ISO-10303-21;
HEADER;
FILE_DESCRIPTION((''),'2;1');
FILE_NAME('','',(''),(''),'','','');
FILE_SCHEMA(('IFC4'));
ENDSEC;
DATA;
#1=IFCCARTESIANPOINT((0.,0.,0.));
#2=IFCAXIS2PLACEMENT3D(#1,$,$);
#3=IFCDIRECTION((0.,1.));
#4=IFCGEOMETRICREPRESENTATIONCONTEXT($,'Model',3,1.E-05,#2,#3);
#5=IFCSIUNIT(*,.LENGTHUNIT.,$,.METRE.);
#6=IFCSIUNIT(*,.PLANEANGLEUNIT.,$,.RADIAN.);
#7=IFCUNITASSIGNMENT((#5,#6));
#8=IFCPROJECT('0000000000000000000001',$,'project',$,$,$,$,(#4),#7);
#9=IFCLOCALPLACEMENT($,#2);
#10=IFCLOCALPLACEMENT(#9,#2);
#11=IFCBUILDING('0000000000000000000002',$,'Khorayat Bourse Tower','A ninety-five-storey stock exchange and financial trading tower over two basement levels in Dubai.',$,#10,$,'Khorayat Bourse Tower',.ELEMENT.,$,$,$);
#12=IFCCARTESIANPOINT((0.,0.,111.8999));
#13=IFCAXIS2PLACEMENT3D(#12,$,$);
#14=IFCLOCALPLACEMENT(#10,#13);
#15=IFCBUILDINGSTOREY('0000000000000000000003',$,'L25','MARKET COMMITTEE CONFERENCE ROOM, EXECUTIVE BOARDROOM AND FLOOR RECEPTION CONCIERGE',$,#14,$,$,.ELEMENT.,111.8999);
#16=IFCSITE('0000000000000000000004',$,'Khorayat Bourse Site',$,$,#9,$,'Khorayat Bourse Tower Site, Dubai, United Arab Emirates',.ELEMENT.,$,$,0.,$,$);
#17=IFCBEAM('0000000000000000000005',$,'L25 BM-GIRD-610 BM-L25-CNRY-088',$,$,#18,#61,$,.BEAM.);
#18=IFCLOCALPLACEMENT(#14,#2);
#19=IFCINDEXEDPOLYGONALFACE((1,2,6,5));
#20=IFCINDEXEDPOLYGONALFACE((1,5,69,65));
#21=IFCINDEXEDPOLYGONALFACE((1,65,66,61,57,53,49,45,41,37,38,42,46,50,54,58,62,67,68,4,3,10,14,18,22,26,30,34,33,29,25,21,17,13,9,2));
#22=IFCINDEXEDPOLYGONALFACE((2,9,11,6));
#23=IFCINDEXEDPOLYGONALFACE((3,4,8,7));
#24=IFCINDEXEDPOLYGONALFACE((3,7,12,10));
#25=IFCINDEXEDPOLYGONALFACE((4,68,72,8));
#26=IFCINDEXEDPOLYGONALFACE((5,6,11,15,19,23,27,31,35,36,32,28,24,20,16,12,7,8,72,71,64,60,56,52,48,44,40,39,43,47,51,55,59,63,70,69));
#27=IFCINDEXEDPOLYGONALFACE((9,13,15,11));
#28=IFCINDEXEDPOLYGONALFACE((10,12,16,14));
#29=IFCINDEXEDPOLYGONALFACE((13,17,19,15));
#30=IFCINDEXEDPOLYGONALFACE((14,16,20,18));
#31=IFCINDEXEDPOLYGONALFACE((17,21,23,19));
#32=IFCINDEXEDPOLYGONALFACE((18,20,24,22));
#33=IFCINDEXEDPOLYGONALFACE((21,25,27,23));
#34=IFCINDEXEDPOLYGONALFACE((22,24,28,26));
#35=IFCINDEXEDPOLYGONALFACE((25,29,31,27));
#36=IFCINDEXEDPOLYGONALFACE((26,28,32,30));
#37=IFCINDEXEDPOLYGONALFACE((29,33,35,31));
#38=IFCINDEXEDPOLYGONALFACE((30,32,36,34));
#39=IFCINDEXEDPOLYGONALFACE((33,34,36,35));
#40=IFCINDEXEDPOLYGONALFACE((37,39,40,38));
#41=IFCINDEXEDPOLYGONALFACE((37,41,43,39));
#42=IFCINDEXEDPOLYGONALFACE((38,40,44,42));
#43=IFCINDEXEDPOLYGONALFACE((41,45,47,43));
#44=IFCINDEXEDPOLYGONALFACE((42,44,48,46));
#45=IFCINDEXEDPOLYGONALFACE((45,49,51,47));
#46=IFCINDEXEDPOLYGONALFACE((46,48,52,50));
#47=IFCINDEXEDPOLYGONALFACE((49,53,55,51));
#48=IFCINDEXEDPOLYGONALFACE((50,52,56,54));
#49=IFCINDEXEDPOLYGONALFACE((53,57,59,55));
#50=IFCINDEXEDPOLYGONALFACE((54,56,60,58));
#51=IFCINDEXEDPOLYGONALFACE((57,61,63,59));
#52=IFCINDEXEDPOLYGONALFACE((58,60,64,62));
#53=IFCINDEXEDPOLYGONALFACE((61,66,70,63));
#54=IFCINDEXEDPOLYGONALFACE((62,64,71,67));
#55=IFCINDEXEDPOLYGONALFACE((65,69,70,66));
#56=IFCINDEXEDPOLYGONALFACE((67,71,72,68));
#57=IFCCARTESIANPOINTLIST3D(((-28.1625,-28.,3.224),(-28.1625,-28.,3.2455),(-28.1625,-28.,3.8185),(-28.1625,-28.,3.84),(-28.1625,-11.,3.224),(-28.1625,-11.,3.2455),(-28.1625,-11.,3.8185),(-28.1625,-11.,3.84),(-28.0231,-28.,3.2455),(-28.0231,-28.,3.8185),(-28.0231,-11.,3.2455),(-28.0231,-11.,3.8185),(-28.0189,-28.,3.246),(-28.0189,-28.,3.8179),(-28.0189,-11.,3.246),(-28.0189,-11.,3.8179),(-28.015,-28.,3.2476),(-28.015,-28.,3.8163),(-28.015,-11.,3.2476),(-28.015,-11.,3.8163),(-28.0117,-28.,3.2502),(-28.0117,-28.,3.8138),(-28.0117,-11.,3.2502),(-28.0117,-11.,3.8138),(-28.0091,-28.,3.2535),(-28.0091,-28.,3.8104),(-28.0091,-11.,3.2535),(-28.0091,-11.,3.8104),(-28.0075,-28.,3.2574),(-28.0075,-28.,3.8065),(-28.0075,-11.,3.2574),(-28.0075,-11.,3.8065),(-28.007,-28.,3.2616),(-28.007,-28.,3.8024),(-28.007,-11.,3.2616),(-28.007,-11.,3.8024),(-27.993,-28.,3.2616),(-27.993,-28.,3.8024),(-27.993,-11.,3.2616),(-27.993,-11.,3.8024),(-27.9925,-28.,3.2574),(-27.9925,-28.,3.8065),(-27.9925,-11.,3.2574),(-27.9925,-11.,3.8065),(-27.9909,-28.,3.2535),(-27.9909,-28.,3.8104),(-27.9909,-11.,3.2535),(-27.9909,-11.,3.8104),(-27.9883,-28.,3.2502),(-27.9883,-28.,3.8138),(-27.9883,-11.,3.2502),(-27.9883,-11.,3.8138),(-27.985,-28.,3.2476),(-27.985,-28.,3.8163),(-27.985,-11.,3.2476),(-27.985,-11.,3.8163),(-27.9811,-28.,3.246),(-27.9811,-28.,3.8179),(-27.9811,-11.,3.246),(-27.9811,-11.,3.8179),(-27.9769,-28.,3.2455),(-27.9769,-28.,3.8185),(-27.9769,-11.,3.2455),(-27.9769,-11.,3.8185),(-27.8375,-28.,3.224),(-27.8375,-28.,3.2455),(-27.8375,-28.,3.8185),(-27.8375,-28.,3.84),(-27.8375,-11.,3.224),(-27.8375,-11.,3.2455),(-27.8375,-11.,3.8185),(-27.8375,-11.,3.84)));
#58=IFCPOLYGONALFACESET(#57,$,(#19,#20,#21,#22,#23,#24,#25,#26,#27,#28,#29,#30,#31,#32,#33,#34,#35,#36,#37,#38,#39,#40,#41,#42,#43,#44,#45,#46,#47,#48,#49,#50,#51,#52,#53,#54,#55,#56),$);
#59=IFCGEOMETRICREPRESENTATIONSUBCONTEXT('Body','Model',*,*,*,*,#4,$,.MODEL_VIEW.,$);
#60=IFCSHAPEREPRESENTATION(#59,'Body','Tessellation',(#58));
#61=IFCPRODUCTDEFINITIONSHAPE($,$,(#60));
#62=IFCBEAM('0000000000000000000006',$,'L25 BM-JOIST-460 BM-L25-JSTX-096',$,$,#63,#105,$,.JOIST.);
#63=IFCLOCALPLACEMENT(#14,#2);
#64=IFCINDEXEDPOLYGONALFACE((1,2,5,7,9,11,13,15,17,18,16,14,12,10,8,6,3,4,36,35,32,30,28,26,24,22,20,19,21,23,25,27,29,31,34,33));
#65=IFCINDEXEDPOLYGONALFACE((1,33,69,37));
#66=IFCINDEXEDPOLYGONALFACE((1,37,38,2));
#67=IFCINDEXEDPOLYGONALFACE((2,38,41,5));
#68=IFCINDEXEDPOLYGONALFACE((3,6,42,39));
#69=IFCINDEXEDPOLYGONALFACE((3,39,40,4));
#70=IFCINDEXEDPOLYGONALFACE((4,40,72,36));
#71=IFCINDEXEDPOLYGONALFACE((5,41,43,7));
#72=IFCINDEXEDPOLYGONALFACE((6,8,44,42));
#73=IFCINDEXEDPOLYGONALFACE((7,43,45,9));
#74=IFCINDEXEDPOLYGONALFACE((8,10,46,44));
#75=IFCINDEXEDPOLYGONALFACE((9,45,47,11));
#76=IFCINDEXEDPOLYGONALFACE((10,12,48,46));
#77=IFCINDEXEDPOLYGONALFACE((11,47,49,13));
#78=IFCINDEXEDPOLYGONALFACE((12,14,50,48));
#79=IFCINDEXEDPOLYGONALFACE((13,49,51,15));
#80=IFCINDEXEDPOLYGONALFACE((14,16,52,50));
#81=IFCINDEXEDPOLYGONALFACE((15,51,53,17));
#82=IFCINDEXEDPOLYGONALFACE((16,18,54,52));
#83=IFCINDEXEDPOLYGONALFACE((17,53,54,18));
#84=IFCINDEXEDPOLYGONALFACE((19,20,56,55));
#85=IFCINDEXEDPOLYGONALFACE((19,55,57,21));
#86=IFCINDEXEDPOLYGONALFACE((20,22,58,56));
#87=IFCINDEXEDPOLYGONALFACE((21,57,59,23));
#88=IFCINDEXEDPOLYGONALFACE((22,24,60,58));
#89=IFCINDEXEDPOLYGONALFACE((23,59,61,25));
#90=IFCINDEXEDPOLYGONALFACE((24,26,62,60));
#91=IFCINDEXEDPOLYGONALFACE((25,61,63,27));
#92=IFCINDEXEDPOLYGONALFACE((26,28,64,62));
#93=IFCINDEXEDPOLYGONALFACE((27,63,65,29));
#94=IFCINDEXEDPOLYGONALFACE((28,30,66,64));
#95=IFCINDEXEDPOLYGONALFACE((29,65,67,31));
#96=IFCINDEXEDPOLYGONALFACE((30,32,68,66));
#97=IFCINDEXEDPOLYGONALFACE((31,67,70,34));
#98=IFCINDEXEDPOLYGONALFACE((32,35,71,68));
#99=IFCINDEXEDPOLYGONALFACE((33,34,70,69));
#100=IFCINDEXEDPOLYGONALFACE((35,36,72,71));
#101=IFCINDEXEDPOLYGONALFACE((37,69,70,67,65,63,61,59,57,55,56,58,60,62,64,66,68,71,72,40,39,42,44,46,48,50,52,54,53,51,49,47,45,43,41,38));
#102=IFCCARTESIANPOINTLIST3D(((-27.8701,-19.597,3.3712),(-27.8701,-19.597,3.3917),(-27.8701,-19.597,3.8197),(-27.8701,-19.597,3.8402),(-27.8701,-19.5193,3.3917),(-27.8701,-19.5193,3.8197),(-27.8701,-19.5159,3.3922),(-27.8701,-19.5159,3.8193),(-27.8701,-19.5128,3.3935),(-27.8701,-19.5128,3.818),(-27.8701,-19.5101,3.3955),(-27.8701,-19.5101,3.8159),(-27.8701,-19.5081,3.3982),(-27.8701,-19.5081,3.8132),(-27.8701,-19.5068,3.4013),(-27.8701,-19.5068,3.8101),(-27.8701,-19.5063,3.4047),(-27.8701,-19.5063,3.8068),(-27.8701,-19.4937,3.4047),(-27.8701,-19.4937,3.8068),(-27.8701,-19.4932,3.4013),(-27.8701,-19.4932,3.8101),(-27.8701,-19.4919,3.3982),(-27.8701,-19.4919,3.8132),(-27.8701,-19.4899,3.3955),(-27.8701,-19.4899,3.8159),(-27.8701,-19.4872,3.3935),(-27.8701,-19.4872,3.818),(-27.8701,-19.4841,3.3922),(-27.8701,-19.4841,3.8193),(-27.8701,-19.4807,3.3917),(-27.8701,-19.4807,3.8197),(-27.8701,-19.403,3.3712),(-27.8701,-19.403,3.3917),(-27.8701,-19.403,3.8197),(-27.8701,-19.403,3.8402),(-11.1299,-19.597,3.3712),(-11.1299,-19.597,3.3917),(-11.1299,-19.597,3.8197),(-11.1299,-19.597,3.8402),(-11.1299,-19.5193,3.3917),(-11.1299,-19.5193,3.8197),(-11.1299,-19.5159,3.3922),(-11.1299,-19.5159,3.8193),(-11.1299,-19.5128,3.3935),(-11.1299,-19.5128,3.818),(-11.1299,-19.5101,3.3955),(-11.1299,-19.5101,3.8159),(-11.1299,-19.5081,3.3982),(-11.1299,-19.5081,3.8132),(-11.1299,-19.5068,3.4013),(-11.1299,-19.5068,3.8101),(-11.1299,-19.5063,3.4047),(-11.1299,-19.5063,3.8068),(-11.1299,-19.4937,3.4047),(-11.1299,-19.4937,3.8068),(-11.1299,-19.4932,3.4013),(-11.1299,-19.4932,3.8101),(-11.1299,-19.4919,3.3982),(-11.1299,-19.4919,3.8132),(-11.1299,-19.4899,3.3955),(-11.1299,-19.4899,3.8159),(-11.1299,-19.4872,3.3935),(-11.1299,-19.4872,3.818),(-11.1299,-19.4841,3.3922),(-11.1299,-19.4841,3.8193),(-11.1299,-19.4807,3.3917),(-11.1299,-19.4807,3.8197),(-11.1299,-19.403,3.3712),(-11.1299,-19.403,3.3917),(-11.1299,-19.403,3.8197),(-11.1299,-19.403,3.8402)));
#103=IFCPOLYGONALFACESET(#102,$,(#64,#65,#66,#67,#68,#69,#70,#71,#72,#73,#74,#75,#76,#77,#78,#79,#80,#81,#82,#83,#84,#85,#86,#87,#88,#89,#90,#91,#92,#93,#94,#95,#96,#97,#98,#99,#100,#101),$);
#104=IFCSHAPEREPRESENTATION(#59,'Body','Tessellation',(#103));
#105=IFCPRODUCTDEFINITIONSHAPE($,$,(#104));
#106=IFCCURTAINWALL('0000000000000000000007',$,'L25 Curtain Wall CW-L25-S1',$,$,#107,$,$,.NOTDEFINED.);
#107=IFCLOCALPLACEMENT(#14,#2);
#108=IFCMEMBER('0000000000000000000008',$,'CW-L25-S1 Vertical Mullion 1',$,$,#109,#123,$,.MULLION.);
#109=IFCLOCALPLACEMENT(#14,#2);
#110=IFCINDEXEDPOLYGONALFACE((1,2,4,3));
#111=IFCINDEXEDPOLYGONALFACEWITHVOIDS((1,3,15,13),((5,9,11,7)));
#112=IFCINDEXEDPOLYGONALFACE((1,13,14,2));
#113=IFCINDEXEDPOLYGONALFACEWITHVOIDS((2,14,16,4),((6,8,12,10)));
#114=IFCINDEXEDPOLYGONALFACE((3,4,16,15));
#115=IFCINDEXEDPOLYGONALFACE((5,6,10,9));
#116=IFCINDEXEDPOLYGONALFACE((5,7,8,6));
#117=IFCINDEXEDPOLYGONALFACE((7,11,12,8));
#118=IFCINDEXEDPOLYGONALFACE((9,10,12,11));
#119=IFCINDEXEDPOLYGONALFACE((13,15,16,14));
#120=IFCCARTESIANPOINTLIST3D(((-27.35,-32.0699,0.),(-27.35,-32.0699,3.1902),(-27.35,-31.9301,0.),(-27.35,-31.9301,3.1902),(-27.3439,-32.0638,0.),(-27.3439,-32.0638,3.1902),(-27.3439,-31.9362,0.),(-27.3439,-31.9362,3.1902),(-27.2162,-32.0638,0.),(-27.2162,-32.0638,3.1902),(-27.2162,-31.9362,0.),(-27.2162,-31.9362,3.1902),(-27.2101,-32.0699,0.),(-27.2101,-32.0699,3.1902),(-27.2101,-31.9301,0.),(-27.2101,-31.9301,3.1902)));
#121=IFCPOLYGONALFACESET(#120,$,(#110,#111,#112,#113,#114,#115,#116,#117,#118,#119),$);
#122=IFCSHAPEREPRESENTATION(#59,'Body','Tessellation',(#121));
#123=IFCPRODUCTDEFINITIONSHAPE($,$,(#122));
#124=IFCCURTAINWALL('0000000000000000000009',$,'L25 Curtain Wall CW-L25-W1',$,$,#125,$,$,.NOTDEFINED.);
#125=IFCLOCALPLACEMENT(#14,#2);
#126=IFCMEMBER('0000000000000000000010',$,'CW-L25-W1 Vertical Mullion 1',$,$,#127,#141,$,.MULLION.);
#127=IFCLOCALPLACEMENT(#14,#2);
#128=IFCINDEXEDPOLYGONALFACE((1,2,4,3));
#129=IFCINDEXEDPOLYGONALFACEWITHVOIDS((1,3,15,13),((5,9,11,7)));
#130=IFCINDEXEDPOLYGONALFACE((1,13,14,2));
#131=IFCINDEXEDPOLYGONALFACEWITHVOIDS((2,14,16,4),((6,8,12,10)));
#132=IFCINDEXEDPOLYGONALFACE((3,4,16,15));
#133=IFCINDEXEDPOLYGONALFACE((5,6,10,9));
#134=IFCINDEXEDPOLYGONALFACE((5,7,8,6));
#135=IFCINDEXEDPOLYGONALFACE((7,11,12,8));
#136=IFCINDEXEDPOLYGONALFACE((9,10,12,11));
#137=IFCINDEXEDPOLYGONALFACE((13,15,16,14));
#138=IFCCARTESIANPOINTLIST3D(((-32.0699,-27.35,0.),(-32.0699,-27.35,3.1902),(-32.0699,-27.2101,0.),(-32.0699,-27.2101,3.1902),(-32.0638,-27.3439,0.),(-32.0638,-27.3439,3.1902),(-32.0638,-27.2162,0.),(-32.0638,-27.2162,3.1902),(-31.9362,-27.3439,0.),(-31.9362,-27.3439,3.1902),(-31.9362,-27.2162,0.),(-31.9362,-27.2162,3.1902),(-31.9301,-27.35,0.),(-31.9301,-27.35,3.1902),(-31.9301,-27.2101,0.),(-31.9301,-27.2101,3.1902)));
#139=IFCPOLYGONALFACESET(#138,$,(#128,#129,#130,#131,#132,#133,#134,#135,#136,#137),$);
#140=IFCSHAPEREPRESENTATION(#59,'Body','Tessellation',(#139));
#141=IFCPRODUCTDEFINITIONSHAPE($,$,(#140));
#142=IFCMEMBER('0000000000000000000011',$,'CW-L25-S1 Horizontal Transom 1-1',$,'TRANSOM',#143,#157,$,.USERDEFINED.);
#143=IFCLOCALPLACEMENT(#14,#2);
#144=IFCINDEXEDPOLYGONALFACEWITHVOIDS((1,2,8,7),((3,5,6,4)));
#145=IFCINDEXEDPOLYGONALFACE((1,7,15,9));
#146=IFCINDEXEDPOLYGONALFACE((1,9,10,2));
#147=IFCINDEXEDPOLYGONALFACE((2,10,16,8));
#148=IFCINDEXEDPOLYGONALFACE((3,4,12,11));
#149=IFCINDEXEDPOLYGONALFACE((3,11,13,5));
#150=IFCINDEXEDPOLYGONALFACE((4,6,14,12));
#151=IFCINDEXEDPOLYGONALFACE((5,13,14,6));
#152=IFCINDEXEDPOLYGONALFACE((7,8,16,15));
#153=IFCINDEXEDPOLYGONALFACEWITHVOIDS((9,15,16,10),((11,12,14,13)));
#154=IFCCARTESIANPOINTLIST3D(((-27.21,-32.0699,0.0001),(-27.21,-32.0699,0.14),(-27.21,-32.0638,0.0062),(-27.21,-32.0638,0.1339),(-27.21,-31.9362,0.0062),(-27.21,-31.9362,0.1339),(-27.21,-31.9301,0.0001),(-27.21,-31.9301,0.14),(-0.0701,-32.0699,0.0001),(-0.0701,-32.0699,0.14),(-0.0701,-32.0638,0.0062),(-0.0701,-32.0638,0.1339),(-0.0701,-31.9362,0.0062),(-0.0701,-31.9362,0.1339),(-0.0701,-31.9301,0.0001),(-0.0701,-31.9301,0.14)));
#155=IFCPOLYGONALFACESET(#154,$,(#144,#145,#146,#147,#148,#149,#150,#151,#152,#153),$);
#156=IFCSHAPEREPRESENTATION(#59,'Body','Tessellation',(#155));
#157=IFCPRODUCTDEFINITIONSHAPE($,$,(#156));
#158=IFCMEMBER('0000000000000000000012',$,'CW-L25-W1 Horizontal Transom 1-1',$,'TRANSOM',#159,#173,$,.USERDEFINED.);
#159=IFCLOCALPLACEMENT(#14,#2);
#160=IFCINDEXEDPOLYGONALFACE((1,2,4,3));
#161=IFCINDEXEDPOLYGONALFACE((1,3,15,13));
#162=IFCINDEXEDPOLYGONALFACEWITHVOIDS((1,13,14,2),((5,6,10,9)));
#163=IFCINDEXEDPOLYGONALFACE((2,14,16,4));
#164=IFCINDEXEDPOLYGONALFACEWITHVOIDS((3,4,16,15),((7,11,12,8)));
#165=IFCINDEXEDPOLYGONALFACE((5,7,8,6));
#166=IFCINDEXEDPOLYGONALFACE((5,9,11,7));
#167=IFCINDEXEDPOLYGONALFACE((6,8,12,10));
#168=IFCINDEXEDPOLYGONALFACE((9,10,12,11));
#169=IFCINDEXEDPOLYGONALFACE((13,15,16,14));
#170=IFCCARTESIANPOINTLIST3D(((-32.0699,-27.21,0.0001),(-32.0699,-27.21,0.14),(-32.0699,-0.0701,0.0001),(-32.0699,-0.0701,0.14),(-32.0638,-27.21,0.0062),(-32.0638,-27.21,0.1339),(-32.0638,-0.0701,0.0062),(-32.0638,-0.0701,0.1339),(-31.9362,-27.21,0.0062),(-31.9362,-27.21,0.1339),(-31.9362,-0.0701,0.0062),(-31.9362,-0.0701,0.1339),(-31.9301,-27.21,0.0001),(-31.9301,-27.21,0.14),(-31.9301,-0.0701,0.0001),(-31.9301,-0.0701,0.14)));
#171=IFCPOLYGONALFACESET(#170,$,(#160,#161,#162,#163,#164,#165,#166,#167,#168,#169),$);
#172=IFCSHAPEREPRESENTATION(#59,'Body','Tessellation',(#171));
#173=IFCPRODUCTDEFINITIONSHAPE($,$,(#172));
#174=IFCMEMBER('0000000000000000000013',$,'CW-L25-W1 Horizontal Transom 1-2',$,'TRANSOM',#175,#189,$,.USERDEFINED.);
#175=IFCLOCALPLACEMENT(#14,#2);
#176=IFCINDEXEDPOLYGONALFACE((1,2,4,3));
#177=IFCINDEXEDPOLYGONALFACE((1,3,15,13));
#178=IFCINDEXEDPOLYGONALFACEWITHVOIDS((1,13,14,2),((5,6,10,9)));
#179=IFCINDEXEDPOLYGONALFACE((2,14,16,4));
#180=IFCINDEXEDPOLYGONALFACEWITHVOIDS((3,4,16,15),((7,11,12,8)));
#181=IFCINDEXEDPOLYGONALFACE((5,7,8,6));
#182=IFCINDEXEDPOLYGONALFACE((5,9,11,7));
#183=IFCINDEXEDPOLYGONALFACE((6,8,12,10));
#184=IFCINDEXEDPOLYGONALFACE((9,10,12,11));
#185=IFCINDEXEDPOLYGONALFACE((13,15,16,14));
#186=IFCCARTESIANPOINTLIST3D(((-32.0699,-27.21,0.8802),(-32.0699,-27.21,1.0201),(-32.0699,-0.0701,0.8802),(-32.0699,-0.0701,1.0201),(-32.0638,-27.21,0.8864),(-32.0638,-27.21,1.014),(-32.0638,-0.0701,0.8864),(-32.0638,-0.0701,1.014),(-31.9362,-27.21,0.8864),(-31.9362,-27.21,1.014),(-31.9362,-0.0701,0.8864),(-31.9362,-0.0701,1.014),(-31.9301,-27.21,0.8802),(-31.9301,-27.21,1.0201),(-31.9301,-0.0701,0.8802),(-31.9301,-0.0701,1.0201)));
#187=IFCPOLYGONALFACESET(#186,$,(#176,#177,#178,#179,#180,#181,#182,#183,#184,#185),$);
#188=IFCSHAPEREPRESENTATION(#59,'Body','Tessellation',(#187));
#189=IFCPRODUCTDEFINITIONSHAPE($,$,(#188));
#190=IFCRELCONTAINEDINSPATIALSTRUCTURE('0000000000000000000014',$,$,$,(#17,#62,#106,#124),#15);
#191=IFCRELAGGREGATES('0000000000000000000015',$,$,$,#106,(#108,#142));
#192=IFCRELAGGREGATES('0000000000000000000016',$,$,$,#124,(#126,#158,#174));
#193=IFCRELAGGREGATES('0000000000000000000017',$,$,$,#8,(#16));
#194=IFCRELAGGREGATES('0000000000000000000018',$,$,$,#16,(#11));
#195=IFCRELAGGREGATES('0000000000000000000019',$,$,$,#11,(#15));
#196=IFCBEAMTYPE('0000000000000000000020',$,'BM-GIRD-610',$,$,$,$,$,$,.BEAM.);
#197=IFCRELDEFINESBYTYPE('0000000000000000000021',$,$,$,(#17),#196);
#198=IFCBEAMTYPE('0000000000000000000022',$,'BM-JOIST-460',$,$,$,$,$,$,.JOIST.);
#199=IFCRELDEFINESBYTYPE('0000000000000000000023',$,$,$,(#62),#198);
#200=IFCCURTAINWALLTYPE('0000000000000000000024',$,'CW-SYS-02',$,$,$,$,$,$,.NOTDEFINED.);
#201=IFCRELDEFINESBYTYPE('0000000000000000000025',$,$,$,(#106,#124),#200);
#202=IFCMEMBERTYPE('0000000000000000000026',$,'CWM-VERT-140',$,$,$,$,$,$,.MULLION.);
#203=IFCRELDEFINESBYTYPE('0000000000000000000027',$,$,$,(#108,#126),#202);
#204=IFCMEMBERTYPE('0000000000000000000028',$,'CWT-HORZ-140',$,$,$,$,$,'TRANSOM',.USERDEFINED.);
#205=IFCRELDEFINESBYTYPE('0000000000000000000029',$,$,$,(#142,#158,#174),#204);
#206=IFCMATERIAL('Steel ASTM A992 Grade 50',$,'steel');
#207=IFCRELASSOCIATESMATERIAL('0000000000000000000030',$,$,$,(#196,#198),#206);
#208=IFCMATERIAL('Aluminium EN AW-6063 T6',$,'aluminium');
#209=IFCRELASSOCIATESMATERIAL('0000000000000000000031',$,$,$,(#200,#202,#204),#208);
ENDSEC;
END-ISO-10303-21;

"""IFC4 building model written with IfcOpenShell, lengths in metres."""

from ifc_helpers import new_model, si_unit, direction, frame, origin, origin_2d, place, context, subcontext, project, spatial, hollow_rectangle, i_section, extrude, source, transform, mapped, material, material_profile, profile_set, type_object, element, aggregate, save


model = new_model("IFC4")

# Units and contexts
model_context = context("Model", 3, precision=1e-05, world=origin(), true_north=direction((0.0, 1.0)))
body_context = subcontext(model_context, "Body", "Model", "MODEL_VIEW")
ifc_project = project(units=[si_unit("LENGTHUNIT", "METRE"), si_unit("PLANEANGLEUNIT", "RADIAN")], contexts=[model_context])

# Site, building, storey
site_placement = place(None, origin())
site = spatial("IfcSite", under=ifc_project, at=site_placement, Name="Khorayat Bourse Site", LongName="Khorayat Bourse Tower Site, Dubai, United Arab Emirates", CompositionType="ELEMENT", RefElevation=0.0)
building_placement = place(site_placement, origin())
building = spatial("IfcBuilding", under=site, at=building_placement, Name="Khorayat Bourse Tower", Description="A ninety-five-storey stock exchange and financial trading tower over two basement levels in Dubai.", LongName="Khorayat Bourse Tower", CompositionType="ELEMENT")
storey_placement = place(building_placement, frame((0.0, 0.0, 111.8999)))
storey = spatial("IfcBuildingStorey", under=building, at=storey_placement, Name="L25", Description="MARKET COMMITTEE CONFERENCE ROOM, EXECUTIVE BOARDROOM AND FLOOR RECEPTION CONCIERGE", CompositionType="ELEMENT", Elevation=111.8999)

# Beams
ifc_material_1 = material(Name="Steel ASTM A992 Grade 50", Category="steel")
ifc_material_profile_1 = material_profile(ifc_material_1, i_section(OverallWidth=0.325, OverallDepth=0.616, WebThickness=0.0139, FlangeThickness=0.0215, FilletRadius=0.0161, at=origin_2d()), Name="W610X174")
ifc_profile_set_1 = profile_set([ifc_material_profile_1], Name="Steel ASTM A992 Grade 50")
beam_type_1 = type_object("IfcBeamType", Name="BM-GIRD-610", PredefinedType="BEAM", material=ifc_profile_set_1)
shared_shape_1 = source(origin(), body_context, "Body", "SweptSolid", [
    extrude(i_section(OverallWidth=0.325, OverallDepth=0.616, WebThickness=0.0139, FlangeThickness=0.0215, FilletRadius=0.0161, at=origin_2d()), origin(), (0.0, 0.0, 1.0), 17.0),
])
beam_1_placement = place(storey_placement, frame((-28.0, -28.0, 3.532), z_axis=(0.0, 1.0, 0.0), x_axis=(-1.0, 0.0, 0.0)))
element("IfcBeam", 1, at=beam_1_placement, inside=storey, type_object=beam_type_1, Name="L25 BM-GIRD-610 BM-L25-CNRY-088", PredefinedType="BEAM", context=body_context, shape_type="MappedRepresentation", body=[
    mapped(shared_shape_1, transform((0.0, 0.0, 0.0), scale=1.0)),
])
ifc_material_profile_2 = material_profile(ifc_material_1, i_section(OverallWidth=0.1941, OverallDepth=0.469, WebThickness=0.0127, FlangeThickness=0.0205, FilletRadius=0.0129, at=origin_2d()), Name="W460X106")
ifc_profile_set_2 = profile_set([ifc_material_profile_2], Name="Steel ASTM A992 Grade 50")
beam_type_2 = type_object("IfcBeamType", Name="BM-JOIST-460", PredefinedType="JOIST", material=ifc_profile_set_2)
shared_shape_2 = source(origin(), body_context, "Body", "SweptSolid", [
    extrude(i_section(OverallWidth=0.1941, OverallDepth=0.469, WebThickness=0.0127, FlangeThickness=0.0205, FilletRadius=0.0129, at=origin_2d()), origin(), (0.0, 0.0, 1.0), 16.7402),
])
beam_2_placement = place(storey_placement, frame((-27.8701, -19.5, 3.6057), z_axis=(1.0, 0.0, 0.0), x_axis=(0.0, 1.0, 0.0)))
element("IfcBeam", 2, at=beam_2_placement, inside=storey, type_object=beam_type_2, Name="L25 BM-JOIST-460 BM-L25-JSTX-096", PredefinedType="JOIST", context=body_context, shape_type="MappedRepresentation", body=[
    mapped(shared_shape_2, transform((0.0, 0.0, 0.0), scale=1.0)),
])

# Curtain walls, members
ifc_material_2 = material(Name="Aluminium EN AW-6063 T6", Category="aluminium")
curtain_wall_type = type_object("IfcCurtainWallType", Name="CW-SYS-02", PredefinedType="NOTDEFINED", material=ifc_material_2)
curtain_wall_1_placement = place(storey_placement, origin())
curtain_wall_1 = element("IfcCurtainWall", 3, at=curtain_wall_1_placement, inside=storey, type_object=curtain_wall_type, Name="L25 Curtain Wall CW-L25-S1", PredefinedType="NOTDEFINED")
ifc_material_profile_3 = material_profile(ifc_material_2, hollow_rectangle(XDim=0.1399, YDim=0.1399, WallThickness=0.0061, at=origin_2d()), Name="ALU 140x140x6")
ifc_profile_set_3 = profile_set([ifc_material_profile_3], Name="Aluminium EN AW-6063 T6")
member_type_1 = type_object("IfcMemberType", Name="CWM-VERT-140", PredefinedType="MULLION", material=ifc_profile_set_3)
shared_shape_3 = source(origin(), body_context, "Body", "SweptSolid", [
    extrude(hollow_rectangle(XDim=0.1399, YDim=0.1399, WallThickness=0.0061, at=origin_2d()), origin(), (0.0, 0.0, 1.0), 3.1902),
])
member_1_placement = place(storey_placement, frame((-27.28, -32.0, 0.0), z_axis=(0.0, 0.0, 1.0), x_axis=(0.0, 1.0, 0.0)))
member_1 = element("IfcMember", 4, at=member_1_placement, type_object=member_type_1, Name="CW-L25-S1 Vertical Mullion 1", PredefinedType="MULLION", context=body_context, shape_type="MappedRepresentation", body=[
    mapped(shared_shape_3, transform((0.0, 0.0, 0.0), scale=1.0)),
])
curtain_wall_2_placement = place(storey_placement, origin())
curtain_wall_2 = element("IfcCurtainWall", 5, at=curtain_wall_2_placement, inside=storey, type_object=curtain_wall_type, Name="L25 Curtain Wall CW-L25-W1", PredefinedType="NOTDEFINED")
member_2_placement = place(storey_placement, frame((-32.0, -27.28, 0.0), z_axis=(0.0, 0.0, 1.0), x_axis=(-1.0, 0.0, 0.0)))
member_2 = element("IfcMember", 6, at=member_2_placement, type_object=member_type_1, Name="CW-L25-W1 Vertical Mullion 1", PredefinedType="MULLION", context=body_context, shape_type="MappedRepresentation", body=[
    mapped(shared_shape_3, transform((0.0, 0.0, 0.0), scale=1.0)),
])

# Members
ifc_material_profile_4 = material_profile(ifc_material_2, hollow_rectangle(XDim=0.1399, YDim=0.1399, WallThickness=0.0061, at=origin_2d()), Name="ALU 140x140x6")
ifc_profile_set_4 = profile_set([ifc_material_profile_4], Name="Aluminium EN AW-6063 T6")
member_type_2 = type_object("IfcMemberType", Name="CWT-HORZ-140", ElementType="TRANSOM", PredefinedType="USERDEFINED", material=ifc_profile_set_4)
shared_shape_4 = source(origin(), body_context, "Body", "SweptSolid", [
    extrude(hollow_rectangle(XDim=0.1399, YDim=0.1399, WallThickness=0.0061, at=origin_2d()), origin(), (0.0, 0.0, 1.0), 27.1399),
])
member_3_placement = place(storey_placement, frame((-27.21, -32.0, 0.0701), z_axis=(1.0, 0.0, 0.0), x_axis=(0.0, 1.0, 0.0)))
member_3 = element("IfcMember", 7, at=member_3_placement, type_object=member_type_2, Name="CW-L25-S1 Horizontal Transom 1-1", ObjectType="TRANSOM", PredefinedType="USERDEFINED", context=body_context, shape_type="MappedRepresentation", body=[
    mapped(shared_shape_4, transform((0.0, 0.0, 0.0), scale=1.0)),
])
aggregate(curtain_wall_1, [member_1, member_3])
member_4_placement = place(storey_placement, frame((-32.0, -27.21, 0.0701), z_axis=(0.0, 1.0, 0.0), x_axis=(-1.0, 0.0, 0.0)))
member_4 = element("IfcMember", 8, at=member_4_placement, type_object=member_type_2, Name="CW-L25-W1 Horizontal Transom 1-1", ObjectType="TRANSOM", PredefinedType="USERDEFINED", context=body_context, shape_type="MappedRepresentation", body=[
    mapped(shared_shape_4, transform((0.0, 0.0, 0.0), scale=1.0)),
])
member_5_placement = place(storey_placement, frame((-32.0, -27.21, 0.9502), z_axis=(0.0, 1.0, 0.0), x_axis=(-1.0, 0.0, 0.0)))
member_5 = element("IfcMember", 9, at=member_5_placement, type_object=member_type_2, Name="CW-L25-W1 Horizontal Transom 1-2", ObjectType="TRANSOM", PredefinedType="USERDEFINED", context=body_context, shape_type="MappedRepresentation", body=[
    mapped(shared_shape_4, transform((0.0, 0.0, 0.0), scale=1.0)),
])

aggregate(curtain_wall_2, [member_2, member_4, member_5])

save(model, "model.ifc")
